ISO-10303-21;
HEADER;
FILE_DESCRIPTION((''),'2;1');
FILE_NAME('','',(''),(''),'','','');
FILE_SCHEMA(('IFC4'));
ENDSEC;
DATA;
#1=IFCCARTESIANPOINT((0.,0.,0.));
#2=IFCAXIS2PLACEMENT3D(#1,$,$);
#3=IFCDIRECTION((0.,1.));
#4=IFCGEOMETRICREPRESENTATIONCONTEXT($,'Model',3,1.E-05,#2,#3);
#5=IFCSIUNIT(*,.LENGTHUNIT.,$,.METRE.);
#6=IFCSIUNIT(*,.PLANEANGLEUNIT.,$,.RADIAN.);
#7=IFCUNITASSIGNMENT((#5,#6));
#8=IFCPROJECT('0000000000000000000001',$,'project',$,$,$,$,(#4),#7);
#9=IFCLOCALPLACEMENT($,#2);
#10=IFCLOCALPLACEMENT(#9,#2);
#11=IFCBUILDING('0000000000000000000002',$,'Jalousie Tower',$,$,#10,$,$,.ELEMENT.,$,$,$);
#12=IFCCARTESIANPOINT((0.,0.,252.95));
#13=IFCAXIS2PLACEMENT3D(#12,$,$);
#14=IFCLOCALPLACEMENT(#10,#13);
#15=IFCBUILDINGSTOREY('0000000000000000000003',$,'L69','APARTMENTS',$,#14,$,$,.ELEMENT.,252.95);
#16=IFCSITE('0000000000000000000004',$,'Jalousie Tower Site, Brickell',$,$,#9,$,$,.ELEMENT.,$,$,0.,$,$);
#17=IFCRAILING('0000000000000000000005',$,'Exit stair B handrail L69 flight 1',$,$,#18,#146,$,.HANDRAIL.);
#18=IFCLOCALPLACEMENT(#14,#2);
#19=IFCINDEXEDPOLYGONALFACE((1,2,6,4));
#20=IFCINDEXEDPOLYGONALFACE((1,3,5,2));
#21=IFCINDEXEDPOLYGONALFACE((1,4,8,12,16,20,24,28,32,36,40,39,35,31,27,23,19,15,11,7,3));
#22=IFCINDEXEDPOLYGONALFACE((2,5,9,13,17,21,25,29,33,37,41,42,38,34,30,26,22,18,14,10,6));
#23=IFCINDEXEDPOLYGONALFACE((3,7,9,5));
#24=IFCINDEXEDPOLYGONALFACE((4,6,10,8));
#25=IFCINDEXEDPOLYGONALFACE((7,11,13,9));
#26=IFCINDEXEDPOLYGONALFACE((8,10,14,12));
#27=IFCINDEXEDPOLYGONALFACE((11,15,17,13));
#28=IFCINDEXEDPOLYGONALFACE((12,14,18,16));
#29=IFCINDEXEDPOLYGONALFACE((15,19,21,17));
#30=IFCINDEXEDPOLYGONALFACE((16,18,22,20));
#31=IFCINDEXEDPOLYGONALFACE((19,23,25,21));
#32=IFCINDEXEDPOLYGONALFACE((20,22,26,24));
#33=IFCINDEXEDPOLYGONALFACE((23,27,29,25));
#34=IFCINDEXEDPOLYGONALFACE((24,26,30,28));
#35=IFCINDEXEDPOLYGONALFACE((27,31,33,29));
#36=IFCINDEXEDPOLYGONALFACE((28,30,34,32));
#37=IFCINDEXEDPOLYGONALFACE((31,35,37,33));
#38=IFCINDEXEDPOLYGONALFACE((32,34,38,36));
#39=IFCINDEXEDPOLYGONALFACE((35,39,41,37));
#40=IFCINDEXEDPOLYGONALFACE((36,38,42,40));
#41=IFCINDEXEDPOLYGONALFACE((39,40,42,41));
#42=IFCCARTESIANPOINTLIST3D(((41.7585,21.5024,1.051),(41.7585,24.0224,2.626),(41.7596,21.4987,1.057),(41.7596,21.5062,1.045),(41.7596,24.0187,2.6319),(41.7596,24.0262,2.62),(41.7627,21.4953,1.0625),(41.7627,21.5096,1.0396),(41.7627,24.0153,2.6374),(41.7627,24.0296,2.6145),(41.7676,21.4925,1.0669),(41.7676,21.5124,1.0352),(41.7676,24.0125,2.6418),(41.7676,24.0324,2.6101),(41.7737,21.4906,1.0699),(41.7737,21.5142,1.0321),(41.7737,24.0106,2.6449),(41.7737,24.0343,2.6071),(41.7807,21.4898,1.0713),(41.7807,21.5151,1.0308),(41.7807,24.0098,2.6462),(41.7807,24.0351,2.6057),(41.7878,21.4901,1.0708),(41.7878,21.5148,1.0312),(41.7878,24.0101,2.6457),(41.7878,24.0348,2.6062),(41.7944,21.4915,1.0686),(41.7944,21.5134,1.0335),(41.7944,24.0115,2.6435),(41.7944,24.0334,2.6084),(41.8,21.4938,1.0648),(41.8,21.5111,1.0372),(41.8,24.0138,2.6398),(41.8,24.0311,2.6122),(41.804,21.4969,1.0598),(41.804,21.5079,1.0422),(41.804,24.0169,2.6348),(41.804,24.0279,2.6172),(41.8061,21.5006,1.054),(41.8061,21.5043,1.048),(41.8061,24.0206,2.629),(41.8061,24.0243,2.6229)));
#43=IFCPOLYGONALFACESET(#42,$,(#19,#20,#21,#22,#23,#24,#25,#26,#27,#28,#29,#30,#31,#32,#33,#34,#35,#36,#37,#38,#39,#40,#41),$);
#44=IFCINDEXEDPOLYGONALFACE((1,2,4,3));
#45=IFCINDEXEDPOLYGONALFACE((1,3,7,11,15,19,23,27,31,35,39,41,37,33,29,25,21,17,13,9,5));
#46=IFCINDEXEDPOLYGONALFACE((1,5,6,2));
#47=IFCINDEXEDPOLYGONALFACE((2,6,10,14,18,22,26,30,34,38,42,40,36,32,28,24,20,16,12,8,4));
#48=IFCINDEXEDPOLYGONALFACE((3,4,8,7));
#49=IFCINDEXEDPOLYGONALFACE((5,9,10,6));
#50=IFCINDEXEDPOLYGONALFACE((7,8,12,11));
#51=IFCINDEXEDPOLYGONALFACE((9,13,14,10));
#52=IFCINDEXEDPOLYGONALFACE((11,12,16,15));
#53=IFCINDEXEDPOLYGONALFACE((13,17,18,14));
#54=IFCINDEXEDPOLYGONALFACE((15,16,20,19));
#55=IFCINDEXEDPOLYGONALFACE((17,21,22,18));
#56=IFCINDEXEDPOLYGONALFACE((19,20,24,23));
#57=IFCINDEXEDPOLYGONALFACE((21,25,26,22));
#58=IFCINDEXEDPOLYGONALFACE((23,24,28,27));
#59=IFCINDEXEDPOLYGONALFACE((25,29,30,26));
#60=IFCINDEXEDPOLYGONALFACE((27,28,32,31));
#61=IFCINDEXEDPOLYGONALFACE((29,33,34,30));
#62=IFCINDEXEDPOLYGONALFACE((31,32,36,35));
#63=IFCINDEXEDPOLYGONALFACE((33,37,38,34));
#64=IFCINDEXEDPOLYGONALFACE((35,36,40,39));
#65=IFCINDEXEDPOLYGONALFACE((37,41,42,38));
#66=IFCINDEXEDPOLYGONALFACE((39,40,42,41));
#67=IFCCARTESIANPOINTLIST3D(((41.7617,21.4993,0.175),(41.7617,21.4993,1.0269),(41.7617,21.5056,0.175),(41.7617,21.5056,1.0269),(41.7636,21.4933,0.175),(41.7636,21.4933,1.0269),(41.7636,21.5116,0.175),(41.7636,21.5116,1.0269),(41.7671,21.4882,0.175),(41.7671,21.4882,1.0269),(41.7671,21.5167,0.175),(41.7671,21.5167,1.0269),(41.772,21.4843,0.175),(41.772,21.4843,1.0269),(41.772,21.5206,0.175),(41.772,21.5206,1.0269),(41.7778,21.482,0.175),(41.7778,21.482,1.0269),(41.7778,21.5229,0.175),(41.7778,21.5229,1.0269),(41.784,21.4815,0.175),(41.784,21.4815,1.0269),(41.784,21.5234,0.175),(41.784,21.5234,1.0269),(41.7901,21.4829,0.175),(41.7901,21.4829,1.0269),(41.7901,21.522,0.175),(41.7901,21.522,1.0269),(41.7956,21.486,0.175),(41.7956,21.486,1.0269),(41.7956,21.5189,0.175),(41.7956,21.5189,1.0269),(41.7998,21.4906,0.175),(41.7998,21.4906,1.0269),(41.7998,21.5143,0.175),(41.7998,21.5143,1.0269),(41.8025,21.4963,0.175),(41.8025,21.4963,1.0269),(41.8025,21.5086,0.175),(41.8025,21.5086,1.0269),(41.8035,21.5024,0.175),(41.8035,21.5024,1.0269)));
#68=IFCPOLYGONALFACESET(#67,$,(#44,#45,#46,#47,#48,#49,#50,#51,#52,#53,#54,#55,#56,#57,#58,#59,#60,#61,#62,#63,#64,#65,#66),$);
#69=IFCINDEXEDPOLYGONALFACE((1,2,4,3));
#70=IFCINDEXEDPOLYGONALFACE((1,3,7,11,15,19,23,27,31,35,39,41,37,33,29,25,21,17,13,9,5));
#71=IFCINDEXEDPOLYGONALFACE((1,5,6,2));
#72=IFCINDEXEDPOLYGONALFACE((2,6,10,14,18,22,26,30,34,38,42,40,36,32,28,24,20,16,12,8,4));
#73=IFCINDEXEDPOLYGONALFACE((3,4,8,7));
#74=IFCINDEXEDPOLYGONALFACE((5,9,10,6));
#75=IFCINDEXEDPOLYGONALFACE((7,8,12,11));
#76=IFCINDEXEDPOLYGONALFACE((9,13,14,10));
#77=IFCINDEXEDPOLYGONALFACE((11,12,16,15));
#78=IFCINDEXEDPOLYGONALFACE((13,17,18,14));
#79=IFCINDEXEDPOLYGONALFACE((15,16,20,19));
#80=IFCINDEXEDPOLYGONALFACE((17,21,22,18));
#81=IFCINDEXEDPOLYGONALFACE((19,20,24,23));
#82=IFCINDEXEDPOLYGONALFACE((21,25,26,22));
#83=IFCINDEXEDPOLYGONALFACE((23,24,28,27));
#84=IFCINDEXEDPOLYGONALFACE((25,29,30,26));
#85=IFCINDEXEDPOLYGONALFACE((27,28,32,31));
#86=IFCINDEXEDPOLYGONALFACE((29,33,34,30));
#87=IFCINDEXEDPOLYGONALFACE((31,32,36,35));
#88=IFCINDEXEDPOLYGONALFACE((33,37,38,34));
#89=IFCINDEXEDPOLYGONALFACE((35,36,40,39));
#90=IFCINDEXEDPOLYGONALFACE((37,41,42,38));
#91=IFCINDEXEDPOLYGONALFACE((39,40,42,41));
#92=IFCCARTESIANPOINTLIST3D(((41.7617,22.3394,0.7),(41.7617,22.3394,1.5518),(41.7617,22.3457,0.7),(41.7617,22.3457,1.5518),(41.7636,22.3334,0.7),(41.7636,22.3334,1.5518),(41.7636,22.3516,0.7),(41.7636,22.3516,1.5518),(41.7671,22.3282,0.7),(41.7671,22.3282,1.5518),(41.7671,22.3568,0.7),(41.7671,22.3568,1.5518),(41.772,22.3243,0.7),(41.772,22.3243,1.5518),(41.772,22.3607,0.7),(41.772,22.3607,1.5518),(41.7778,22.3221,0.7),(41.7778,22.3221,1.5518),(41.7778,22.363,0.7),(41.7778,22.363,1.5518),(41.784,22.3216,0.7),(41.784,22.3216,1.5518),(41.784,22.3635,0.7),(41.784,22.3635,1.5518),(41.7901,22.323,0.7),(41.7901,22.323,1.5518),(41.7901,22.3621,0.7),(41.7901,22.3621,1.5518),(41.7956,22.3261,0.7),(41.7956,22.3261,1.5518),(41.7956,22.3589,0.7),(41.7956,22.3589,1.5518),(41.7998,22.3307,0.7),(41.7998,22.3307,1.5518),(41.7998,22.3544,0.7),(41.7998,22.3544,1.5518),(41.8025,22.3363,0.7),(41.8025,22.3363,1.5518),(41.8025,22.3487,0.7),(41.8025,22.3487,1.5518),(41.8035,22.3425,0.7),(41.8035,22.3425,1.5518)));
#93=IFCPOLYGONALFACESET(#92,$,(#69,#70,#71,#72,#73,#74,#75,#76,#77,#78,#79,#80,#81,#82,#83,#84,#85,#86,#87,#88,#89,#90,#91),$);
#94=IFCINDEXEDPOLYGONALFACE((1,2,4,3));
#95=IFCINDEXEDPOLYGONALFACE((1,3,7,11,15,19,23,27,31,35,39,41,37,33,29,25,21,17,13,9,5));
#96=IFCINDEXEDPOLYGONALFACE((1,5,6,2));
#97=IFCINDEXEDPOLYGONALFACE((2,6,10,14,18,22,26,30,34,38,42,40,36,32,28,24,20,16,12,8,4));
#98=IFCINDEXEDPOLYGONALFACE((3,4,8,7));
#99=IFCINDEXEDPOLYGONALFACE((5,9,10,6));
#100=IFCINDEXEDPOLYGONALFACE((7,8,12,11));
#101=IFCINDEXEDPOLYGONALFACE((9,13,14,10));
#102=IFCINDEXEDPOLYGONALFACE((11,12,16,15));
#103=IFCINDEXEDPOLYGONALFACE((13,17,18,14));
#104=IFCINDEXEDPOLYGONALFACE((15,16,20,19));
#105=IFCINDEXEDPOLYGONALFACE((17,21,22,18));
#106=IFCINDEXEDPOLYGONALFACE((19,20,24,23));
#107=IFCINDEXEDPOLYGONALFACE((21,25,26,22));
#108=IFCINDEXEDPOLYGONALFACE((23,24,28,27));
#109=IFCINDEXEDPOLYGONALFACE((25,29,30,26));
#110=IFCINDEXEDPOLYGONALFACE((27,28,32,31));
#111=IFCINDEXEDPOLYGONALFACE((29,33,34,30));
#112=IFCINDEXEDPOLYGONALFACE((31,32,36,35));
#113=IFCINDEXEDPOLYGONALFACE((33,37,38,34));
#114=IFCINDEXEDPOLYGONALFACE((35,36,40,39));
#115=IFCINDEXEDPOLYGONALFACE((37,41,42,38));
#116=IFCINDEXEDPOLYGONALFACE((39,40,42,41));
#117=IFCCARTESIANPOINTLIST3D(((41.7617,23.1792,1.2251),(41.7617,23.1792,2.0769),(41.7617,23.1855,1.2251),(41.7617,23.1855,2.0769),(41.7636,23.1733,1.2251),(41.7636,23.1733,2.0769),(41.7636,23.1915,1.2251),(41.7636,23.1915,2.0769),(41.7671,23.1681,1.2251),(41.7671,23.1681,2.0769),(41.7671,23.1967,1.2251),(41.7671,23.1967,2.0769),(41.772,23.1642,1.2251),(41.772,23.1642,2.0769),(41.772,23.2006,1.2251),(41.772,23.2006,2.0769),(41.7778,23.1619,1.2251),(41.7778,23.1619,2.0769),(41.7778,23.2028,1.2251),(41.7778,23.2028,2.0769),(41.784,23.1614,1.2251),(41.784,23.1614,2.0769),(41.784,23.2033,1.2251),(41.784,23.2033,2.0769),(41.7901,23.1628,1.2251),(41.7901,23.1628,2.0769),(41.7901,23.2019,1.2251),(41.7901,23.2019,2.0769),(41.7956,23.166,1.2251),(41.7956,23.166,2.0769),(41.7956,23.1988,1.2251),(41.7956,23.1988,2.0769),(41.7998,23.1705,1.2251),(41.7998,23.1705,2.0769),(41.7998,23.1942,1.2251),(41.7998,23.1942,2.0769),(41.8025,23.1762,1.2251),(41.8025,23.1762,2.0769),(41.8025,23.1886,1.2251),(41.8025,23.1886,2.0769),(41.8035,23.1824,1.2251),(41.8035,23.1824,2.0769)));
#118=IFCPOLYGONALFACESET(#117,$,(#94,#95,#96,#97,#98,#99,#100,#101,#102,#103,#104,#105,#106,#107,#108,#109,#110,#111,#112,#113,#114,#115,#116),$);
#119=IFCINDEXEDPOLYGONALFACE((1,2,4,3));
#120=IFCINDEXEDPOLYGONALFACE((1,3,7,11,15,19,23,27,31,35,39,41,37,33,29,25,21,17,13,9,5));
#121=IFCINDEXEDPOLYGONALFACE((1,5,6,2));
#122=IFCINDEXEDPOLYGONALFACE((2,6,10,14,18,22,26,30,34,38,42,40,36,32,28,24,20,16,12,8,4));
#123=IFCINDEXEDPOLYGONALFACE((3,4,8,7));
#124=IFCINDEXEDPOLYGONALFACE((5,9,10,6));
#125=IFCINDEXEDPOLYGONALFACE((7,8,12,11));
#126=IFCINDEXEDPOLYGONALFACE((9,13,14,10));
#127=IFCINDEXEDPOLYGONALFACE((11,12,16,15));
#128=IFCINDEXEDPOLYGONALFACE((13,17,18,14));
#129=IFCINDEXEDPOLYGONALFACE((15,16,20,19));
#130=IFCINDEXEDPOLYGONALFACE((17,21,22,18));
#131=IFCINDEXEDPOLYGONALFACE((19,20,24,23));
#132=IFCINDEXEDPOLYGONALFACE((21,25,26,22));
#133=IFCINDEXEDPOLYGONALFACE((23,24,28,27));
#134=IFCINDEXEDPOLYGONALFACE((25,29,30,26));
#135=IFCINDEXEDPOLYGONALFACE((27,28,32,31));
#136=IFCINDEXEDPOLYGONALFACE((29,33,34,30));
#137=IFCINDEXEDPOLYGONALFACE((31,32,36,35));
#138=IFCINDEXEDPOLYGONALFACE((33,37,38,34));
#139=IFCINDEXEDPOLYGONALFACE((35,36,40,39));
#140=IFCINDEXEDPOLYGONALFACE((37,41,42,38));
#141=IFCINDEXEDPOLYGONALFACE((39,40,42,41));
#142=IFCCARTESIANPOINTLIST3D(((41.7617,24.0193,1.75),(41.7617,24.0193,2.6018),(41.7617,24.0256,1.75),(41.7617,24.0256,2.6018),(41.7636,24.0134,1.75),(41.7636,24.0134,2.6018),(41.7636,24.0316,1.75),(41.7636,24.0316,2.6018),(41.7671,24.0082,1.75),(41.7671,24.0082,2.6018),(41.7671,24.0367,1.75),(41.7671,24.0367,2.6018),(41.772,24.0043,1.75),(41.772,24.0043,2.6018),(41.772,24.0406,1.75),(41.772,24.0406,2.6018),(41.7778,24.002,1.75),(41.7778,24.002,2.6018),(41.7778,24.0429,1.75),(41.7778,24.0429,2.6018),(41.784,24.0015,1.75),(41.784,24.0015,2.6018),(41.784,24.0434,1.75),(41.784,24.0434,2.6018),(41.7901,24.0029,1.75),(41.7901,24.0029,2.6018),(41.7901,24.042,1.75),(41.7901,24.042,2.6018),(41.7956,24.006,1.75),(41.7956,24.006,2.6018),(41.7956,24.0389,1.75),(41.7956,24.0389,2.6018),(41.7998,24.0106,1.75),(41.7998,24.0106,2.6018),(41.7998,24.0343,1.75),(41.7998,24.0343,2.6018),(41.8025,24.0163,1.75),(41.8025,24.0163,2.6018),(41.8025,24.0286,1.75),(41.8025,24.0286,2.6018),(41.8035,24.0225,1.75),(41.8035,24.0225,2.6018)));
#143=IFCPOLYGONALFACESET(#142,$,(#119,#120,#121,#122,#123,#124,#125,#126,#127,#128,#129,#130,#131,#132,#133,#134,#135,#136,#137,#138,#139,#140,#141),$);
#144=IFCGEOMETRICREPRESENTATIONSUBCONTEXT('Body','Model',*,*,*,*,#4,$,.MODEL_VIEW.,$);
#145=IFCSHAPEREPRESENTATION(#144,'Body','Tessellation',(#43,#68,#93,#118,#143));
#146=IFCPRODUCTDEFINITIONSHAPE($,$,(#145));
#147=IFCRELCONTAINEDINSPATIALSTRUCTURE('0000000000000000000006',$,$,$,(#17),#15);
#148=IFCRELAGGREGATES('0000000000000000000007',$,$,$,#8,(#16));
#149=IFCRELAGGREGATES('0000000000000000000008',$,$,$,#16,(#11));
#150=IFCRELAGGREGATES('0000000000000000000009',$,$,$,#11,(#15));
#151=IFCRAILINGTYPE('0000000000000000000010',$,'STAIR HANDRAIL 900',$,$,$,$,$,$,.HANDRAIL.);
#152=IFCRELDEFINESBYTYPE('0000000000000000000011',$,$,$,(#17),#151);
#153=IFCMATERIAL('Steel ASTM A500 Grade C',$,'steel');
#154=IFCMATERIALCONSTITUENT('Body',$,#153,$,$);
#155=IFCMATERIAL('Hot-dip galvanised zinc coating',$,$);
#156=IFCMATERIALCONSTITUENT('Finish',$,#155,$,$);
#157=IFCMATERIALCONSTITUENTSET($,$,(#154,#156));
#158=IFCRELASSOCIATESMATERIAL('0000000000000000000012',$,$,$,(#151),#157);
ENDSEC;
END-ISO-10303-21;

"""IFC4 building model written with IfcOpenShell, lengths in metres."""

from ifc_helpers import new_model, si_unit, direction, frame, origin, origin_2d, place, context, subcontext, project, spatial, circle, extrude, material, constituent, constituent_set, type_object, element, save


model = new_model("IFC4")

# Units and contexts
model_context = context("Model", 3, precision=1e-05, world=origin(), true_north=direction((0.0, 1.0)))
body_context = subcontext(model_context, "Body", "Model", "MODEL_VIEW")
ifc_project = project(units=[si_unit("LENGTHUNIT", "METRE"), si_unit("PLANEANGLEUNIT", "RADIAN")], contexts=[model_context])

# Site, building, storey
site_placement = place(None, origin())
site = spatial("IfcSite", under=ifc_project, at=site_placement, Name="Jalousie Tower Site, Brickell", CompositionType="ELEMENT", RefElevation=0.0)
building_placement = place(site_placement, origin())
building = spatial("IfcBuilding", under=site, at=building_placement, Name="Jalousie Tower", CompositionType="ELEMENT")
storey_placement = place(building_placement, frame((0.0, 0.0, 252.95)))
storey = spatial("IfcBuildingStorey", under=building, at=storey_placement, Name="L69", Description="APARTMENTS", CompositionType="ELEMENT", Elevation=252.95)

# Railing
ifc_material_1 = material(Name="Steel ASTM A500 Grade C", Category="steel")
ifc_constituent_1 = constituent(ifc_material_1, Name="Body")
ifc_material_2 = material(Name="Hot-dip galvanised zinc coating")
ifc_constituent_2 = constituent(ifc_material_2, Name="Finish")
ifc_constituent_set_1 = constituent_set(constituents=[ifc_constituent_1, ifc_constituent_2])
railing_type_1 = type_object("IfcRailingType", Name="STAIR HANDRAIL 900", PredefinedType="HANDRAIL", material=ifc_constituent_set_1)
railing_1_placement = place(storey_placement, frame((41.7825, 21.5024, 0.175)))
element("IfcRailing", 1, at=railing_1_placement, inside=storey, type_object=railing_type_1, Name="Exit stair B handrail L69 flight 1", PredefinedType="HANDRAIL", context=body_context, shape_type="SweptSolid", body=[
    extrude(circle(Radius=0.0239, at=origin_2d()), frame((0.0, 0.0, 0.876), z_axis=(0.0, 0.848008, 0.529984), x_axis=(-1.0, 0.0, 0.0)), (0.0, 0.0, 1.0), 2.9717),
    extrude(circle(Radius=0.021, at=origin_2d()), origin(), (0.0, 0.0, 1.0), 0.8518),
    extrude(circle(Radius=0.021, at=origin_2d()), frame((0.0, 0.8401, 0.5249)), (0.0, 0.0, 1.0), 0.8518),
    extrude(circle(Radius=0.021, at=origin_2d()), frame((0.0, 1.6799, 1.05)), (0.0, 0.0, 1.0), 0.8518),
    extrude(circle(Radius=0.021, at=origin_2d()), frame((0.0, 2.52, 1.575)), (0.0, 0.0, 1.0), 0.8518),
])

save(model, "model.ifc")
